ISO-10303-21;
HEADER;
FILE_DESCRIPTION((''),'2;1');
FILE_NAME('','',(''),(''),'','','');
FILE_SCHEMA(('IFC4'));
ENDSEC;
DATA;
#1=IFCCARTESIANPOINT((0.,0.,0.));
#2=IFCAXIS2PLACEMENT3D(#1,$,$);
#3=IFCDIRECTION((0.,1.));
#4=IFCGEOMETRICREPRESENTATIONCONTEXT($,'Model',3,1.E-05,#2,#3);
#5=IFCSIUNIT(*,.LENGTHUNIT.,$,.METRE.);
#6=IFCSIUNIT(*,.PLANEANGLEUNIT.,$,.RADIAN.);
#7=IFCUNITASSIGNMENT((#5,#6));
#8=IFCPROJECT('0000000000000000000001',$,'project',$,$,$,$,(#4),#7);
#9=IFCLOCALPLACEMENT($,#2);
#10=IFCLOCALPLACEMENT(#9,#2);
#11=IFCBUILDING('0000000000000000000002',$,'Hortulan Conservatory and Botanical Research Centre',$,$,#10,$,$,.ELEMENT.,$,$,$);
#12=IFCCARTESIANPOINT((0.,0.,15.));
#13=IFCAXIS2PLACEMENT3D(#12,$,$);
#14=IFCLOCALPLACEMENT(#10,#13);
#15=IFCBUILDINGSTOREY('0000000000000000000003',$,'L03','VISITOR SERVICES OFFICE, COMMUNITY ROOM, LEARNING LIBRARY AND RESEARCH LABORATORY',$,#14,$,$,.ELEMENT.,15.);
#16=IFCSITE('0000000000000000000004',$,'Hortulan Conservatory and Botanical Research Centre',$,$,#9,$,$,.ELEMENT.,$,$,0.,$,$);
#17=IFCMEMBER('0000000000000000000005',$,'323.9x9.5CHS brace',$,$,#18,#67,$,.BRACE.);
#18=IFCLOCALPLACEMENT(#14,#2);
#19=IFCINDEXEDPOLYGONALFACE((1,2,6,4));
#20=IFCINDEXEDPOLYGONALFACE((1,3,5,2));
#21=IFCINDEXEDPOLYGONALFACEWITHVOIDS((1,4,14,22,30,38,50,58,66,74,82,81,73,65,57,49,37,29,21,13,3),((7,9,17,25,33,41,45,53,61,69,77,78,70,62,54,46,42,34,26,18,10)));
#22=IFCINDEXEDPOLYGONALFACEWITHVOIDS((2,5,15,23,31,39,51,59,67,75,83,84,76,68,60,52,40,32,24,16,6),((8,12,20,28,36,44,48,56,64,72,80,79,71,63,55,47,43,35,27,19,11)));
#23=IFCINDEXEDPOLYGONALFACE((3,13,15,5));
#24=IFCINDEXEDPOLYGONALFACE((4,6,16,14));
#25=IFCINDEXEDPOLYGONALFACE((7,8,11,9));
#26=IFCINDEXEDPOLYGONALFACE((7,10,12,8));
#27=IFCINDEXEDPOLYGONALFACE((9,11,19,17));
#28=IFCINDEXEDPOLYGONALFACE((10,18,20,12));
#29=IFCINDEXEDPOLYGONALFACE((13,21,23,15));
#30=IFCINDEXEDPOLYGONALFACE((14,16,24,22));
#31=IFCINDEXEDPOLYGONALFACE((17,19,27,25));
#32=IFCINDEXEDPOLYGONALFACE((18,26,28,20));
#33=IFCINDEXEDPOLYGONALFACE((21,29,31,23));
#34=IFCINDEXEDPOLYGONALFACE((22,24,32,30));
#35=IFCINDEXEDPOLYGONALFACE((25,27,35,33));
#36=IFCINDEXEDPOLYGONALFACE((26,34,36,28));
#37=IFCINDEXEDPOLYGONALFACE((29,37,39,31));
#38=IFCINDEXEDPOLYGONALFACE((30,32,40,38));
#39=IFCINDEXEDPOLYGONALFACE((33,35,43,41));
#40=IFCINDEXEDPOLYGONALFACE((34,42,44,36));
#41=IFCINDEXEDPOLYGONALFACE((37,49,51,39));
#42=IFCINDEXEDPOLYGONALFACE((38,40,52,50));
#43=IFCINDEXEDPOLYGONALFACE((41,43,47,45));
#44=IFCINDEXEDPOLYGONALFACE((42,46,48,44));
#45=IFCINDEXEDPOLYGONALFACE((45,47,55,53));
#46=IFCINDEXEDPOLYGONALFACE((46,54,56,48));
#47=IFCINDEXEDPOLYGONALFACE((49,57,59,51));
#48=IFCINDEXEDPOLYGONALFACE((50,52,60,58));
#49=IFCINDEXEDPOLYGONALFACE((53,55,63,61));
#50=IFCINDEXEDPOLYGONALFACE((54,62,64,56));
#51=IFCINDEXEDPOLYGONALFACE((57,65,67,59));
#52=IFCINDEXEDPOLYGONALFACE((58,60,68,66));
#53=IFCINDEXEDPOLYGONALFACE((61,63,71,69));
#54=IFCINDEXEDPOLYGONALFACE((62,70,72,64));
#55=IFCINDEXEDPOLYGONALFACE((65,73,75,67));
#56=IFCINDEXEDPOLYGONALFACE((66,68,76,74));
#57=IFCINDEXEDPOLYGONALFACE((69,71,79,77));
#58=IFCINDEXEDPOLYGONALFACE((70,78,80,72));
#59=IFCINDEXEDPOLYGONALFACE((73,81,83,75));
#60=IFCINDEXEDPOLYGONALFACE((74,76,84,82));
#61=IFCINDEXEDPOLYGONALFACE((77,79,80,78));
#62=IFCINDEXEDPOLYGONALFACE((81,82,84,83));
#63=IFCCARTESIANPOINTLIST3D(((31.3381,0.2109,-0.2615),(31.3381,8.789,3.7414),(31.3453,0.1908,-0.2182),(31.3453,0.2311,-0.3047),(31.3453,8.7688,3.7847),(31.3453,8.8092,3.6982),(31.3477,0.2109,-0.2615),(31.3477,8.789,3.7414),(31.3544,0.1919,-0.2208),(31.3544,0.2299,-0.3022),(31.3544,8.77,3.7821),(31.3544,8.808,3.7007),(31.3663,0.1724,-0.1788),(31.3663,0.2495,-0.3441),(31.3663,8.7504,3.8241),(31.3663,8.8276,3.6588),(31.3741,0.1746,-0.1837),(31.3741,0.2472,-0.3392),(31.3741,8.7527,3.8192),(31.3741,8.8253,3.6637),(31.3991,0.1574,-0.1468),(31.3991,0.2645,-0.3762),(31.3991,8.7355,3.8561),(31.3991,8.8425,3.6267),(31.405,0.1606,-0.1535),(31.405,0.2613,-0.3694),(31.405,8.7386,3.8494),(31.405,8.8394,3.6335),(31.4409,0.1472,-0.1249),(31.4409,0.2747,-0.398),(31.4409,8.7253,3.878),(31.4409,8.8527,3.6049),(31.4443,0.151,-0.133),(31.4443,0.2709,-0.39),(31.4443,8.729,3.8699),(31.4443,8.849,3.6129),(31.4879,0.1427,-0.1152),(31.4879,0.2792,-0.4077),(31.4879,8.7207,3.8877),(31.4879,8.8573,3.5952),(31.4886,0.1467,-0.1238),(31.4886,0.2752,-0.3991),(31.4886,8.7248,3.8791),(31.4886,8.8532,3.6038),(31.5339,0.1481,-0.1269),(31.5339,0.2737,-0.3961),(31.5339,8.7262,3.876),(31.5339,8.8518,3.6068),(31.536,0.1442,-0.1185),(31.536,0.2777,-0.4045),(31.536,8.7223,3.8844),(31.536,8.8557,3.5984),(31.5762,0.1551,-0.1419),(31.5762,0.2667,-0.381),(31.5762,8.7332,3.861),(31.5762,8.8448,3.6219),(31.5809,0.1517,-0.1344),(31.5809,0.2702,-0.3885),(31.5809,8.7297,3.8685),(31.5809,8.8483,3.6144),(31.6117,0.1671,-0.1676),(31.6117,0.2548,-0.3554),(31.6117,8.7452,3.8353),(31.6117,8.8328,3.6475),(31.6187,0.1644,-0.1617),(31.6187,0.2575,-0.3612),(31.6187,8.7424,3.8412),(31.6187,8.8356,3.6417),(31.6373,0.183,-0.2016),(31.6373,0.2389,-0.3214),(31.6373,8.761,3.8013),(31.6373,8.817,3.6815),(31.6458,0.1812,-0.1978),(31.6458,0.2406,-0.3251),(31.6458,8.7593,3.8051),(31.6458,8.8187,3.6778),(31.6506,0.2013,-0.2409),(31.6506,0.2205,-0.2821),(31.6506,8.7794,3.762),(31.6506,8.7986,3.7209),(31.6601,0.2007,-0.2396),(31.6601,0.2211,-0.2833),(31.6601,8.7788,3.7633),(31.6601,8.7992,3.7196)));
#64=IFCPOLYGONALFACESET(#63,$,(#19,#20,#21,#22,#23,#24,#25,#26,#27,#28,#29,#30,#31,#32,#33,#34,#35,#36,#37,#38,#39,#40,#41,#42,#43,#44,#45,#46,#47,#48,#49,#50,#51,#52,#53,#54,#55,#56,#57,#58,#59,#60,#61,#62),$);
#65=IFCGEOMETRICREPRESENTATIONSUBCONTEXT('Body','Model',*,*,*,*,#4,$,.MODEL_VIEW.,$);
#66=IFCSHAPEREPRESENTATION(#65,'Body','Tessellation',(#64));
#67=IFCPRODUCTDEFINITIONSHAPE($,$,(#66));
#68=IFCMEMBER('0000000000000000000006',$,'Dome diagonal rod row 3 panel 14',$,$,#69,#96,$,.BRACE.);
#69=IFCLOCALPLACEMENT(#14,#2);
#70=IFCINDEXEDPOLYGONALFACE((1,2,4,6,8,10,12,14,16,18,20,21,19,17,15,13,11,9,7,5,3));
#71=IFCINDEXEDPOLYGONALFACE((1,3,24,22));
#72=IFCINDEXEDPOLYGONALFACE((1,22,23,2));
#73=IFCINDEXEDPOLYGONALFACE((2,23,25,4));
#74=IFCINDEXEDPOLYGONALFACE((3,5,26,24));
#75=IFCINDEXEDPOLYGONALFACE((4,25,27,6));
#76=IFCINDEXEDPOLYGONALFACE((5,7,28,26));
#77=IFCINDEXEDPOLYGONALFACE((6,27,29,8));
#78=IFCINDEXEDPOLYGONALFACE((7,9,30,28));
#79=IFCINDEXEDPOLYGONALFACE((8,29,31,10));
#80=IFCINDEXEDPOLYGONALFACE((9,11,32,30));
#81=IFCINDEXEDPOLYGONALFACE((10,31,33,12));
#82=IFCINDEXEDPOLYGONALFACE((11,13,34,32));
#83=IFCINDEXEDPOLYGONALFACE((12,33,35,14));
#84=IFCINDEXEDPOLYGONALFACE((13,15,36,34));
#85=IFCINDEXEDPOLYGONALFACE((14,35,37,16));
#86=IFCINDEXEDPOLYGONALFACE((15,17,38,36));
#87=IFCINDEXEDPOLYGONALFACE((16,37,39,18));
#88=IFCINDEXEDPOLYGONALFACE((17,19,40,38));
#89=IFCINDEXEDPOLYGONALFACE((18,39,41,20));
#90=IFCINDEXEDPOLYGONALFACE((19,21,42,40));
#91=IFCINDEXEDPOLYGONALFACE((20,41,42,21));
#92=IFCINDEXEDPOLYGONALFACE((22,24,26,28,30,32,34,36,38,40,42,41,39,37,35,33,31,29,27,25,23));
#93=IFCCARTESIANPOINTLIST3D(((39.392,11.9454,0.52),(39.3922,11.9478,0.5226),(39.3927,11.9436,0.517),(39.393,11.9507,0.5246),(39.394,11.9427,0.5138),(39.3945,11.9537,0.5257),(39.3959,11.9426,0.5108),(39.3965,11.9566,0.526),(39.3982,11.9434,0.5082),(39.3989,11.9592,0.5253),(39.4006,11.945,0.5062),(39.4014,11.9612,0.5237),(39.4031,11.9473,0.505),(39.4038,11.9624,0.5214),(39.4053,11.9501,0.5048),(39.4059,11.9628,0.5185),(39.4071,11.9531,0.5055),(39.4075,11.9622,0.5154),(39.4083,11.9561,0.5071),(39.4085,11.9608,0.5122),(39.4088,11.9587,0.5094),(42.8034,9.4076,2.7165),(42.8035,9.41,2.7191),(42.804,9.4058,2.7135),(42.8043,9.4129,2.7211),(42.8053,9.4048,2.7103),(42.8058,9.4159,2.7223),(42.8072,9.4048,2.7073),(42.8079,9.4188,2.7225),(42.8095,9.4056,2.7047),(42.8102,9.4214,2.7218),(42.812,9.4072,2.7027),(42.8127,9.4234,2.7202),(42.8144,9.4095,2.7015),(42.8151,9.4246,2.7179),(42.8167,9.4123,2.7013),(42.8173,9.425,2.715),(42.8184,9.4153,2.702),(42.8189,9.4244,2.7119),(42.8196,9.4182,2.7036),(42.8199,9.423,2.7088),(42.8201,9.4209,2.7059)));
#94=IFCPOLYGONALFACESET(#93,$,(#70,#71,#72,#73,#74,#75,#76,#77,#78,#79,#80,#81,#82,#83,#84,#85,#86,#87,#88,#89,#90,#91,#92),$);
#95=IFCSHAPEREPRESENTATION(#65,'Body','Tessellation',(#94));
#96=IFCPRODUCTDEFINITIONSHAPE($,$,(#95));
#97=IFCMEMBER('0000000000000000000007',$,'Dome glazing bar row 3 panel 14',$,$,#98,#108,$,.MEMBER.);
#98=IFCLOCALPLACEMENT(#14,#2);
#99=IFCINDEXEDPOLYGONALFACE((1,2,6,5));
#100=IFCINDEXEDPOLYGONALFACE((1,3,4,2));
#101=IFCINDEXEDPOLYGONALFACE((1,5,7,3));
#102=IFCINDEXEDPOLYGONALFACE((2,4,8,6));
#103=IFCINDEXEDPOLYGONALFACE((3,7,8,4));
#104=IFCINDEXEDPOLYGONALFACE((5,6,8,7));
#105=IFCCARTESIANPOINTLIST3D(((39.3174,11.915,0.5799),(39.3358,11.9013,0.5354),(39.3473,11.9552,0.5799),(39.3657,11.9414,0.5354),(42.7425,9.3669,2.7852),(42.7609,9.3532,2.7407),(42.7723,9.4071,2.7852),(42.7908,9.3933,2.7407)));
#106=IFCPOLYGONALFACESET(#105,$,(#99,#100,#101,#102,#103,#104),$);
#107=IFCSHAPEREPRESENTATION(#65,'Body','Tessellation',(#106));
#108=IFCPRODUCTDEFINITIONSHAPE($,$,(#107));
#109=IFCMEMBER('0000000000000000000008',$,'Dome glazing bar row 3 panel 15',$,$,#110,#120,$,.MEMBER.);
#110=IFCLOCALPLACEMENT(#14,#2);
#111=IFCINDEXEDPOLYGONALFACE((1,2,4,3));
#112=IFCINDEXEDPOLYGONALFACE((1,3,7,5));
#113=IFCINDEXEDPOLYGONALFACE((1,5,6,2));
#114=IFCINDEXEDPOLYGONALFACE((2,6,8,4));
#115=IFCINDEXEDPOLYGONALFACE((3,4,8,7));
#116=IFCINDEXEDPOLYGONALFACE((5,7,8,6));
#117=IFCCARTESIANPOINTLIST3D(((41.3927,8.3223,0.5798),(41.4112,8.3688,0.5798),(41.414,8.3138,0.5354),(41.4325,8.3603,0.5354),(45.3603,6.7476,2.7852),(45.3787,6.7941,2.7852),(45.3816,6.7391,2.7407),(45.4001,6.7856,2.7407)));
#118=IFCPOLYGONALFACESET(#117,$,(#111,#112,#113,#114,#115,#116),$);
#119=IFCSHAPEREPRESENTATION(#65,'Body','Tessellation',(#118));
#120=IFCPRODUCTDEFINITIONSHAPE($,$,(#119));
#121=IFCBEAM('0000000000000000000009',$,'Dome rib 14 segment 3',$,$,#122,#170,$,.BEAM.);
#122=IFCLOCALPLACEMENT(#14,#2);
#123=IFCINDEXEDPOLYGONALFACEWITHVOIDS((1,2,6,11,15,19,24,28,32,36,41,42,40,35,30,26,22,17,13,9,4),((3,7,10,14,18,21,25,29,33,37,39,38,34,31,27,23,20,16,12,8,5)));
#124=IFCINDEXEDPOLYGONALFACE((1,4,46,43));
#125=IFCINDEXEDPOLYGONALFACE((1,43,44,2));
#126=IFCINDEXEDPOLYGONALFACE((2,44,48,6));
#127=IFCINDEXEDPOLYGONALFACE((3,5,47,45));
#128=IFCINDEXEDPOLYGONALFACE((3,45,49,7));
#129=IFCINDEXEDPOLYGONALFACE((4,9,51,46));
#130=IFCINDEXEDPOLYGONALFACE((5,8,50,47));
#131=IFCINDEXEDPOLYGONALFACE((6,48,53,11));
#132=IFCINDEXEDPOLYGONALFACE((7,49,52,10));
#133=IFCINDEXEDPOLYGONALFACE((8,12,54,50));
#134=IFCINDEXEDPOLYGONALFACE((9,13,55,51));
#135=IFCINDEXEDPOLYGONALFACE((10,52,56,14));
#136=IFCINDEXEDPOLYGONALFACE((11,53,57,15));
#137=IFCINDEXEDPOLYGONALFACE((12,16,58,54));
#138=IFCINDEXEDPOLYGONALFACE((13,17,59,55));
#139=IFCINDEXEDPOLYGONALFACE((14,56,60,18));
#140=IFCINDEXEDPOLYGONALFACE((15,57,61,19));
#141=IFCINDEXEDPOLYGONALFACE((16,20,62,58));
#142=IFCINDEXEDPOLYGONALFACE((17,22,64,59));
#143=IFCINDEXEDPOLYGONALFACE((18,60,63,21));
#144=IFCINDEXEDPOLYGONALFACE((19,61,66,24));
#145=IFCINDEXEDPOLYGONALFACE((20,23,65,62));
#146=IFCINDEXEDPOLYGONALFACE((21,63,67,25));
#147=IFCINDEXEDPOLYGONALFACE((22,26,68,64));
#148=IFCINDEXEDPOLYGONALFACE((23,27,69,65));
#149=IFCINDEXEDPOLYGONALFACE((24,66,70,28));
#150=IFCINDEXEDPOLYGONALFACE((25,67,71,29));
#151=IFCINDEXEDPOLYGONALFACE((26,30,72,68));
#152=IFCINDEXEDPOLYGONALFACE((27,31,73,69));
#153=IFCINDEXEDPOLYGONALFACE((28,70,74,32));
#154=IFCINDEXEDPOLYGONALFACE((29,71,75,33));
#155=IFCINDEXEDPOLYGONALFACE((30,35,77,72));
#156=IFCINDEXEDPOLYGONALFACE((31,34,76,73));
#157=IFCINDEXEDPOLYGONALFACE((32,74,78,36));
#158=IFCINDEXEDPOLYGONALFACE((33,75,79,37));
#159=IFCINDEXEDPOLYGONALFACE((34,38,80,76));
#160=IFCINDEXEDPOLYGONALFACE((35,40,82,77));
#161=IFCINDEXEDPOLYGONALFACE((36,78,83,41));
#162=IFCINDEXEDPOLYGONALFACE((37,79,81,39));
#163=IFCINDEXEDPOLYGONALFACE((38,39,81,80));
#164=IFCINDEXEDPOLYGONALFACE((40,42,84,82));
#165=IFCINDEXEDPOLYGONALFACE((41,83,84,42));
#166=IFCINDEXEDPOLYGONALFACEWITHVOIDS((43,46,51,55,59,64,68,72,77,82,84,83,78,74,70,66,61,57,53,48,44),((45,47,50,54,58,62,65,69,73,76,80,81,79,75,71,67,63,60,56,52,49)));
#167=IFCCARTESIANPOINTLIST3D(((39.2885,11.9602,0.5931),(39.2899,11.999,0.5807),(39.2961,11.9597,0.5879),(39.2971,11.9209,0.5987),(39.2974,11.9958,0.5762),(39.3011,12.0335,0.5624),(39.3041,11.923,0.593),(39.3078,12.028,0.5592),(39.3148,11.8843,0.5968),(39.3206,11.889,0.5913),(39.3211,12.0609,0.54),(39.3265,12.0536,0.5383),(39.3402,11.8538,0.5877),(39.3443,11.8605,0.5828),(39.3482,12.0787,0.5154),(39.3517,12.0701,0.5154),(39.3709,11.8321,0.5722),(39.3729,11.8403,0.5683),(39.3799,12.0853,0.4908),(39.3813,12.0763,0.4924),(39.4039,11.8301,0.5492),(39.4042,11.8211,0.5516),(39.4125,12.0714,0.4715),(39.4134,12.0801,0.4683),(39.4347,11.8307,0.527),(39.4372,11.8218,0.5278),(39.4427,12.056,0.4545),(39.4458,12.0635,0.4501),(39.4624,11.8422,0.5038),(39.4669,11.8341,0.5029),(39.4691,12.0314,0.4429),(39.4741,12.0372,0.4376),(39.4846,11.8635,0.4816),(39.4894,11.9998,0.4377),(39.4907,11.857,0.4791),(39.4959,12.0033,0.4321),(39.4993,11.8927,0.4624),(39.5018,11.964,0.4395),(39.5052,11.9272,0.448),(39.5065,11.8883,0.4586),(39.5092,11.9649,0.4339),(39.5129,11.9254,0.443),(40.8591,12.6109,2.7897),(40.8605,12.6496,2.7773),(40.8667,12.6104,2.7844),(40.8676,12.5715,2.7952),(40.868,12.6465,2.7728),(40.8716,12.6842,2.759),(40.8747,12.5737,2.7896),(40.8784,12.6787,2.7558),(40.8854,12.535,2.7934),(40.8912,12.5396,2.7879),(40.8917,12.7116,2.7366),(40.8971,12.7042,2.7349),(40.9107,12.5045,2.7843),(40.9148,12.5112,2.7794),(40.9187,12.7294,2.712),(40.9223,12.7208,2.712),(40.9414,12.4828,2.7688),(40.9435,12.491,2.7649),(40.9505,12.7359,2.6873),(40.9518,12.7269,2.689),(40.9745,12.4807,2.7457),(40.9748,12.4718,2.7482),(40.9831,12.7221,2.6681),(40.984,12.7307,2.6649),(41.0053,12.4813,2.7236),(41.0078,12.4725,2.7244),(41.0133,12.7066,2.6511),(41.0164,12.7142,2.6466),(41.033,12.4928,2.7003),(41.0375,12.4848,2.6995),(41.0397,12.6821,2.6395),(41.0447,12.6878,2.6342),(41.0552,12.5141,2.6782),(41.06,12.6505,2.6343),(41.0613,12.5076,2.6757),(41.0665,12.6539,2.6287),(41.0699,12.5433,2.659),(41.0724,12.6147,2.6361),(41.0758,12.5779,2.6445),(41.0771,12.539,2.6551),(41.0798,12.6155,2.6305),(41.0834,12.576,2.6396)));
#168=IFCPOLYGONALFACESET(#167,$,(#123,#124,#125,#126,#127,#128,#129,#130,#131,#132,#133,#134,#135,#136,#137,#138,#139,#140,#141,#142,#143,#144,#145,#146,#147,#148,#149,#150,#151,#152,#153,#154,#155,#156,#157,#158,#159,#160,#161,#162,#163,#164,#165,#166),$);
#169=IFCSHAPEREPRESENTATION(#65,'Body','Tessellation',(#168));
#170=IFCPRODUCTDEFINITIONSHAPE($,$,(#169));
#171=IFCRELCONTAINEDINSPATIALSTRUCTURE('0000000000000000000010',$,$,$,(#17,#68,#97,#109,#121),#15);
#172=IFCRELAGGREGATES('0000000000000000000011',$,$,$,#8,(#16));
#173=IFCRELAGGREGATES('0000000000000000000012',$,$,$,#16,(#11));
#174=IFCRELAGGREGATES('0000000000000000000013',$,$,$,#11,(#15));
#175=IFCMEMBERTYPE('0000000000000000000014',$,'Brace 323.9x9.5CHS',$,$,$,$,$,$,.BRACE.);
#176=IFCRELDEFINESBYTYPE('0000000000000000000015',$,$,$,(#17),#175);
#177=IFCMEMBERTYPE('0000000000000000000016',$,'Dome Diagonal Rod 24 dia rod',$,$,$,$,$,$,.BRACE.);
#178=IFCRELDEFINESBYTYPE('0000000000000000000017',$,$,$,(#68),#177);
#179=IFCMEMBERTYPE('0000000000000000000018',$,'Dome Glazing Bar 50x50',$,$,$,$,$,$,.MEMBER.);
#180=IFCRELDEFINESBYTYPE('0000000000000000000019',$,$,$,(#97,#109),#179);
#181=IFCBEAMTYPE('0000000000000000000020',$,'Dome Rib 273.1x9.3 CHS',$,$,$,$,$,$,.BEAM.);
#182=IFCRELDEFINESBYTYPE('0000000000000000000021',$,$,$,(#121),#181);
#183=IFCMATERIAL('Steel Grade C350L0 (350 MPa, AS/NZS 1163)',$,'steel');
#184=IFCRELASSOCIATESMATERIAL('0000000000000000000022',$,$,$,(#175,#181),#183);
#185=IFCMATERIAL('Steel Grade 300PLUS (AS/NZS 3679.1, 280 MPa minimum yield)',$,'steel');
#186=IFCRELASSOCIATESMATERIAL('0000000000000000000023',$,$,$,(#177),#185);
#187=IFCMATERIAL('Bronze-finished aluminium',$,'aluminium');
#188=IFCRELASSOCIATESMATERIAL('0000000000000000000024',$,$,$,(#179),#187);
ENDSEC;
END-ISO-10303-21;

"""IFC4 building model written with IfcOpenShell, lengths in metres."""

from ifc_helpers import new_model, si_unit, direction, frame, origin, origin_2d, place, context, subcontext, project, spatial, rectangle, circle, hollow_circle, extrude, material, material_profile, profile_set, type_object, element, save


model = new_model("IFC4")

# Units and contexts
model_context = context("Model", 3, precision=1e-05, world=origin(), true_north=direction((0.0, 1.0)))
body_context = subcontext(model_context, "Body", "Model", "MODEL_VIEW")
ifc_project = project(units=[si_unit("LENGTHUNIT", "METRE"), si_unit("PLANEANGLEUNIT", "RADIAN")], contexts=[model_context])

# Site, building, storey
site_placement = place(None, origin())
site = spatial("IfcSite", under=ifc_project, at=site_placement, Name="Hortulan Conservatory and Botanical Research Centre", CompositionType="ELEMENT", RefElevation=0.0)
building_placement = place(site_placement, origin())
building = spatial("IfcBuilding", under=site, at=building_placement, Name="Hortulan Conservatory and Botanical Research Centre", CompositionType="ELEMENT")
storey_placement = place(building_placement, frame((0.0, 0.0, 15.0)))
storey = spatial("IfcBuildingStorey", under=building, at=storey_placement, Name="L03", Description="VISITOR SERVICES OFFICE, COMMUNITY ROOM, LEARNING LIBRARY AND RESEARCH LABORATORY", CompositionType="ELEMENT", Elevation=15.0)

# Members
ifc_material_1 = material(Name="Steel Grade C350L0 (350 MPa, AS/NZS 1163)", Category="steel")
ifc_material_profile_1 = material_profile(ifc_material_1, hollow_circle(Radius=0.1619, WallThickness=0.0095, at=origin_2d()), Name="323.9x9.5CHS")
ifc_profile_set_1 = profile_set([ifc_material_profile_1], Name="Steel Grade C350L0 (350 MPa, AS/NZS 1163)")
member_type_1 = type_object("IfcMemberType", Name="Brace 323.9x9.5CHS", PredefinedType="BRACE", material=ifc_profile_set_1)
member_1_placement = place(storey_placement, frame((31.5, 0.2109, -0.2615), z_axis=(0.0, 0.906191, 0.422869), x_axis=(-1.0, 0.0, 0.0)))
element("IfcMember", 1, at=member_1_placement, inside=storey, type_object=member_type_1, Name="323.9x9.5CHS brace", PredefinedType="BRACE", context=body_context, shape_type="SweptSolid", body=[
    extrude(hollow_circle(Radius=0.1619, WallThickness=0.0095, at=origin_2d()), origin(), (0.0, 0.0, 1.0), 9.4661),
])
ifc_material_2 = material(Name="Steel Grade 300PLUS (AS/NZS 3679.1, 280 MPa minimum yield)", Category="steel")
ifc_material_profile_2 = material_profile(ifc_material_2, circle(Radius=0.012, at=origin_2d()), Name="24 dia rod")
ifc_profile_set_2 = profile_set([ifc_material_profile_2], Name="Steel Grade 300PLUS (AS/NZS 3679.1, 280 MPa minimum yield)")
member_type_2 = type_object("IfcMemberType", Name="Dome Diagonal Rod 24 dia rod", PredefinedType="BRACE", material=ifc_profile_set_2)
member_2_placement = place(storey_placement, frame((39.4004, 11.9526, 0.5154), z_axis=(0.712828, -0.530297, 0.458979), x_axis=(0.596881, 0.80233, 0.0)))
element("IfcMember", 2, at=member_2_placement, inside=storey, type_object=member_type_2, Name="Dome diagonal rod row 3 panel 14", PredefinedType="BRACE", context=body_context, shape_type="SweptSolid", body=[
    extrude(circle(Radius=0.012, at=origin_2d()), origin(), (0.0, 0.0, 1.0), 4.7856),
])
ifc_material_3 = material(Name="Bronze-finished aluminium", Category="aluminium")
ifc_material_profile_3 = material_profile(ifc_material_3, rectangle(XDim=0.05, YDim=0.05, at=origin_2d()), Name="Square bar 50x50")
ifc_profile_set_3 = profile_set([ifc_material_profile_3], Name="Bronze-finished aluminium")
member_type_3 = type_object("IfcMemberType", Name="Dome Glazing Bar 50x50", PredefinedType="MEMBER", material=ifc_profile_set_3)
member_3_placement = place(storey_placement, frame((39.3416, 11.9282, 0.5576), z_axis=(0.712822, -0.53031, 0.458972), x_axis=(0.596893, 0.80232, 0.0)))
element("IfcMember", 3, at=member_3_placement, inside=storey, type_object=member_type_3, Name="Dome glazing bar row 3 panel 14", PredefinedType="MEMBER", context=body_context, shape_type="SweptSolid", body=[
    extrude(rectangle(XDim=0.05, YDim=0.05, at=origin_2d()), origin(), (0.0, 0.0, 1.0), 4.8049),
])
member_4_placement = place(storey_placement, frame((41.4126, 8.3413, 0.5576), z_axis=(0.825773, -0.327748, 0.459), x_axis=(0.368904, 0.929467, 0.0)))
element("IfcMember", 4, at=member_4_placement, inside=storey, type_object=member_type_3, Name="Dome glazing bar row 3 panel 15", PredefinedType="MEMBER", context=body_context, shape_type="SweptSolid", body=[
    extrude(rectangle(XDim=0.05, YDim=0.05, at=origin_2d()), origin(), (0.0, 0.0, 1.0), 4.8047),
])

# Beam
ifc_material_profile_4 = material_profile(ifc_material_1, hollow_circle(Radius=0.1365, WallThickness=0.0093, at=origin_2d()), Name="273.1x9.3CHS")
ifc_profile_set_4 = profile_set([ifc_material_profile_4], Name="Steel Grade C350L0 (350 MPa, AS/NZS 1163)")
beam_type = type_object("IfcBeamType", Name="Dome Rib 273.1x9.3 CHS", PredefinedType="BEAM", material=ifc_profile_set_4)
beam_1_placement = place(storey_placement, frame((39.4004, 11.9526, 0.5154), z_axis=(0.565449, 0.234249, 0.790819), x_axis=(-0.382728, 0.923861, 0.0)))
element("IfcBeam", 5, at=beam_1_placement, inside=storey, type_object=beam_type, Name="Dome rib 14 segment 3", PredefinedType="BEAM", context=body_context, shape_type="SweptSolid", body=[
    extrude(hollow_circle(Radius=0.1365, WallThickness=0.0093, at=origin_2d()), origin(), (0.0, 0.0, 1.0), 2.7776),
])

save(model, "model.ifc")
